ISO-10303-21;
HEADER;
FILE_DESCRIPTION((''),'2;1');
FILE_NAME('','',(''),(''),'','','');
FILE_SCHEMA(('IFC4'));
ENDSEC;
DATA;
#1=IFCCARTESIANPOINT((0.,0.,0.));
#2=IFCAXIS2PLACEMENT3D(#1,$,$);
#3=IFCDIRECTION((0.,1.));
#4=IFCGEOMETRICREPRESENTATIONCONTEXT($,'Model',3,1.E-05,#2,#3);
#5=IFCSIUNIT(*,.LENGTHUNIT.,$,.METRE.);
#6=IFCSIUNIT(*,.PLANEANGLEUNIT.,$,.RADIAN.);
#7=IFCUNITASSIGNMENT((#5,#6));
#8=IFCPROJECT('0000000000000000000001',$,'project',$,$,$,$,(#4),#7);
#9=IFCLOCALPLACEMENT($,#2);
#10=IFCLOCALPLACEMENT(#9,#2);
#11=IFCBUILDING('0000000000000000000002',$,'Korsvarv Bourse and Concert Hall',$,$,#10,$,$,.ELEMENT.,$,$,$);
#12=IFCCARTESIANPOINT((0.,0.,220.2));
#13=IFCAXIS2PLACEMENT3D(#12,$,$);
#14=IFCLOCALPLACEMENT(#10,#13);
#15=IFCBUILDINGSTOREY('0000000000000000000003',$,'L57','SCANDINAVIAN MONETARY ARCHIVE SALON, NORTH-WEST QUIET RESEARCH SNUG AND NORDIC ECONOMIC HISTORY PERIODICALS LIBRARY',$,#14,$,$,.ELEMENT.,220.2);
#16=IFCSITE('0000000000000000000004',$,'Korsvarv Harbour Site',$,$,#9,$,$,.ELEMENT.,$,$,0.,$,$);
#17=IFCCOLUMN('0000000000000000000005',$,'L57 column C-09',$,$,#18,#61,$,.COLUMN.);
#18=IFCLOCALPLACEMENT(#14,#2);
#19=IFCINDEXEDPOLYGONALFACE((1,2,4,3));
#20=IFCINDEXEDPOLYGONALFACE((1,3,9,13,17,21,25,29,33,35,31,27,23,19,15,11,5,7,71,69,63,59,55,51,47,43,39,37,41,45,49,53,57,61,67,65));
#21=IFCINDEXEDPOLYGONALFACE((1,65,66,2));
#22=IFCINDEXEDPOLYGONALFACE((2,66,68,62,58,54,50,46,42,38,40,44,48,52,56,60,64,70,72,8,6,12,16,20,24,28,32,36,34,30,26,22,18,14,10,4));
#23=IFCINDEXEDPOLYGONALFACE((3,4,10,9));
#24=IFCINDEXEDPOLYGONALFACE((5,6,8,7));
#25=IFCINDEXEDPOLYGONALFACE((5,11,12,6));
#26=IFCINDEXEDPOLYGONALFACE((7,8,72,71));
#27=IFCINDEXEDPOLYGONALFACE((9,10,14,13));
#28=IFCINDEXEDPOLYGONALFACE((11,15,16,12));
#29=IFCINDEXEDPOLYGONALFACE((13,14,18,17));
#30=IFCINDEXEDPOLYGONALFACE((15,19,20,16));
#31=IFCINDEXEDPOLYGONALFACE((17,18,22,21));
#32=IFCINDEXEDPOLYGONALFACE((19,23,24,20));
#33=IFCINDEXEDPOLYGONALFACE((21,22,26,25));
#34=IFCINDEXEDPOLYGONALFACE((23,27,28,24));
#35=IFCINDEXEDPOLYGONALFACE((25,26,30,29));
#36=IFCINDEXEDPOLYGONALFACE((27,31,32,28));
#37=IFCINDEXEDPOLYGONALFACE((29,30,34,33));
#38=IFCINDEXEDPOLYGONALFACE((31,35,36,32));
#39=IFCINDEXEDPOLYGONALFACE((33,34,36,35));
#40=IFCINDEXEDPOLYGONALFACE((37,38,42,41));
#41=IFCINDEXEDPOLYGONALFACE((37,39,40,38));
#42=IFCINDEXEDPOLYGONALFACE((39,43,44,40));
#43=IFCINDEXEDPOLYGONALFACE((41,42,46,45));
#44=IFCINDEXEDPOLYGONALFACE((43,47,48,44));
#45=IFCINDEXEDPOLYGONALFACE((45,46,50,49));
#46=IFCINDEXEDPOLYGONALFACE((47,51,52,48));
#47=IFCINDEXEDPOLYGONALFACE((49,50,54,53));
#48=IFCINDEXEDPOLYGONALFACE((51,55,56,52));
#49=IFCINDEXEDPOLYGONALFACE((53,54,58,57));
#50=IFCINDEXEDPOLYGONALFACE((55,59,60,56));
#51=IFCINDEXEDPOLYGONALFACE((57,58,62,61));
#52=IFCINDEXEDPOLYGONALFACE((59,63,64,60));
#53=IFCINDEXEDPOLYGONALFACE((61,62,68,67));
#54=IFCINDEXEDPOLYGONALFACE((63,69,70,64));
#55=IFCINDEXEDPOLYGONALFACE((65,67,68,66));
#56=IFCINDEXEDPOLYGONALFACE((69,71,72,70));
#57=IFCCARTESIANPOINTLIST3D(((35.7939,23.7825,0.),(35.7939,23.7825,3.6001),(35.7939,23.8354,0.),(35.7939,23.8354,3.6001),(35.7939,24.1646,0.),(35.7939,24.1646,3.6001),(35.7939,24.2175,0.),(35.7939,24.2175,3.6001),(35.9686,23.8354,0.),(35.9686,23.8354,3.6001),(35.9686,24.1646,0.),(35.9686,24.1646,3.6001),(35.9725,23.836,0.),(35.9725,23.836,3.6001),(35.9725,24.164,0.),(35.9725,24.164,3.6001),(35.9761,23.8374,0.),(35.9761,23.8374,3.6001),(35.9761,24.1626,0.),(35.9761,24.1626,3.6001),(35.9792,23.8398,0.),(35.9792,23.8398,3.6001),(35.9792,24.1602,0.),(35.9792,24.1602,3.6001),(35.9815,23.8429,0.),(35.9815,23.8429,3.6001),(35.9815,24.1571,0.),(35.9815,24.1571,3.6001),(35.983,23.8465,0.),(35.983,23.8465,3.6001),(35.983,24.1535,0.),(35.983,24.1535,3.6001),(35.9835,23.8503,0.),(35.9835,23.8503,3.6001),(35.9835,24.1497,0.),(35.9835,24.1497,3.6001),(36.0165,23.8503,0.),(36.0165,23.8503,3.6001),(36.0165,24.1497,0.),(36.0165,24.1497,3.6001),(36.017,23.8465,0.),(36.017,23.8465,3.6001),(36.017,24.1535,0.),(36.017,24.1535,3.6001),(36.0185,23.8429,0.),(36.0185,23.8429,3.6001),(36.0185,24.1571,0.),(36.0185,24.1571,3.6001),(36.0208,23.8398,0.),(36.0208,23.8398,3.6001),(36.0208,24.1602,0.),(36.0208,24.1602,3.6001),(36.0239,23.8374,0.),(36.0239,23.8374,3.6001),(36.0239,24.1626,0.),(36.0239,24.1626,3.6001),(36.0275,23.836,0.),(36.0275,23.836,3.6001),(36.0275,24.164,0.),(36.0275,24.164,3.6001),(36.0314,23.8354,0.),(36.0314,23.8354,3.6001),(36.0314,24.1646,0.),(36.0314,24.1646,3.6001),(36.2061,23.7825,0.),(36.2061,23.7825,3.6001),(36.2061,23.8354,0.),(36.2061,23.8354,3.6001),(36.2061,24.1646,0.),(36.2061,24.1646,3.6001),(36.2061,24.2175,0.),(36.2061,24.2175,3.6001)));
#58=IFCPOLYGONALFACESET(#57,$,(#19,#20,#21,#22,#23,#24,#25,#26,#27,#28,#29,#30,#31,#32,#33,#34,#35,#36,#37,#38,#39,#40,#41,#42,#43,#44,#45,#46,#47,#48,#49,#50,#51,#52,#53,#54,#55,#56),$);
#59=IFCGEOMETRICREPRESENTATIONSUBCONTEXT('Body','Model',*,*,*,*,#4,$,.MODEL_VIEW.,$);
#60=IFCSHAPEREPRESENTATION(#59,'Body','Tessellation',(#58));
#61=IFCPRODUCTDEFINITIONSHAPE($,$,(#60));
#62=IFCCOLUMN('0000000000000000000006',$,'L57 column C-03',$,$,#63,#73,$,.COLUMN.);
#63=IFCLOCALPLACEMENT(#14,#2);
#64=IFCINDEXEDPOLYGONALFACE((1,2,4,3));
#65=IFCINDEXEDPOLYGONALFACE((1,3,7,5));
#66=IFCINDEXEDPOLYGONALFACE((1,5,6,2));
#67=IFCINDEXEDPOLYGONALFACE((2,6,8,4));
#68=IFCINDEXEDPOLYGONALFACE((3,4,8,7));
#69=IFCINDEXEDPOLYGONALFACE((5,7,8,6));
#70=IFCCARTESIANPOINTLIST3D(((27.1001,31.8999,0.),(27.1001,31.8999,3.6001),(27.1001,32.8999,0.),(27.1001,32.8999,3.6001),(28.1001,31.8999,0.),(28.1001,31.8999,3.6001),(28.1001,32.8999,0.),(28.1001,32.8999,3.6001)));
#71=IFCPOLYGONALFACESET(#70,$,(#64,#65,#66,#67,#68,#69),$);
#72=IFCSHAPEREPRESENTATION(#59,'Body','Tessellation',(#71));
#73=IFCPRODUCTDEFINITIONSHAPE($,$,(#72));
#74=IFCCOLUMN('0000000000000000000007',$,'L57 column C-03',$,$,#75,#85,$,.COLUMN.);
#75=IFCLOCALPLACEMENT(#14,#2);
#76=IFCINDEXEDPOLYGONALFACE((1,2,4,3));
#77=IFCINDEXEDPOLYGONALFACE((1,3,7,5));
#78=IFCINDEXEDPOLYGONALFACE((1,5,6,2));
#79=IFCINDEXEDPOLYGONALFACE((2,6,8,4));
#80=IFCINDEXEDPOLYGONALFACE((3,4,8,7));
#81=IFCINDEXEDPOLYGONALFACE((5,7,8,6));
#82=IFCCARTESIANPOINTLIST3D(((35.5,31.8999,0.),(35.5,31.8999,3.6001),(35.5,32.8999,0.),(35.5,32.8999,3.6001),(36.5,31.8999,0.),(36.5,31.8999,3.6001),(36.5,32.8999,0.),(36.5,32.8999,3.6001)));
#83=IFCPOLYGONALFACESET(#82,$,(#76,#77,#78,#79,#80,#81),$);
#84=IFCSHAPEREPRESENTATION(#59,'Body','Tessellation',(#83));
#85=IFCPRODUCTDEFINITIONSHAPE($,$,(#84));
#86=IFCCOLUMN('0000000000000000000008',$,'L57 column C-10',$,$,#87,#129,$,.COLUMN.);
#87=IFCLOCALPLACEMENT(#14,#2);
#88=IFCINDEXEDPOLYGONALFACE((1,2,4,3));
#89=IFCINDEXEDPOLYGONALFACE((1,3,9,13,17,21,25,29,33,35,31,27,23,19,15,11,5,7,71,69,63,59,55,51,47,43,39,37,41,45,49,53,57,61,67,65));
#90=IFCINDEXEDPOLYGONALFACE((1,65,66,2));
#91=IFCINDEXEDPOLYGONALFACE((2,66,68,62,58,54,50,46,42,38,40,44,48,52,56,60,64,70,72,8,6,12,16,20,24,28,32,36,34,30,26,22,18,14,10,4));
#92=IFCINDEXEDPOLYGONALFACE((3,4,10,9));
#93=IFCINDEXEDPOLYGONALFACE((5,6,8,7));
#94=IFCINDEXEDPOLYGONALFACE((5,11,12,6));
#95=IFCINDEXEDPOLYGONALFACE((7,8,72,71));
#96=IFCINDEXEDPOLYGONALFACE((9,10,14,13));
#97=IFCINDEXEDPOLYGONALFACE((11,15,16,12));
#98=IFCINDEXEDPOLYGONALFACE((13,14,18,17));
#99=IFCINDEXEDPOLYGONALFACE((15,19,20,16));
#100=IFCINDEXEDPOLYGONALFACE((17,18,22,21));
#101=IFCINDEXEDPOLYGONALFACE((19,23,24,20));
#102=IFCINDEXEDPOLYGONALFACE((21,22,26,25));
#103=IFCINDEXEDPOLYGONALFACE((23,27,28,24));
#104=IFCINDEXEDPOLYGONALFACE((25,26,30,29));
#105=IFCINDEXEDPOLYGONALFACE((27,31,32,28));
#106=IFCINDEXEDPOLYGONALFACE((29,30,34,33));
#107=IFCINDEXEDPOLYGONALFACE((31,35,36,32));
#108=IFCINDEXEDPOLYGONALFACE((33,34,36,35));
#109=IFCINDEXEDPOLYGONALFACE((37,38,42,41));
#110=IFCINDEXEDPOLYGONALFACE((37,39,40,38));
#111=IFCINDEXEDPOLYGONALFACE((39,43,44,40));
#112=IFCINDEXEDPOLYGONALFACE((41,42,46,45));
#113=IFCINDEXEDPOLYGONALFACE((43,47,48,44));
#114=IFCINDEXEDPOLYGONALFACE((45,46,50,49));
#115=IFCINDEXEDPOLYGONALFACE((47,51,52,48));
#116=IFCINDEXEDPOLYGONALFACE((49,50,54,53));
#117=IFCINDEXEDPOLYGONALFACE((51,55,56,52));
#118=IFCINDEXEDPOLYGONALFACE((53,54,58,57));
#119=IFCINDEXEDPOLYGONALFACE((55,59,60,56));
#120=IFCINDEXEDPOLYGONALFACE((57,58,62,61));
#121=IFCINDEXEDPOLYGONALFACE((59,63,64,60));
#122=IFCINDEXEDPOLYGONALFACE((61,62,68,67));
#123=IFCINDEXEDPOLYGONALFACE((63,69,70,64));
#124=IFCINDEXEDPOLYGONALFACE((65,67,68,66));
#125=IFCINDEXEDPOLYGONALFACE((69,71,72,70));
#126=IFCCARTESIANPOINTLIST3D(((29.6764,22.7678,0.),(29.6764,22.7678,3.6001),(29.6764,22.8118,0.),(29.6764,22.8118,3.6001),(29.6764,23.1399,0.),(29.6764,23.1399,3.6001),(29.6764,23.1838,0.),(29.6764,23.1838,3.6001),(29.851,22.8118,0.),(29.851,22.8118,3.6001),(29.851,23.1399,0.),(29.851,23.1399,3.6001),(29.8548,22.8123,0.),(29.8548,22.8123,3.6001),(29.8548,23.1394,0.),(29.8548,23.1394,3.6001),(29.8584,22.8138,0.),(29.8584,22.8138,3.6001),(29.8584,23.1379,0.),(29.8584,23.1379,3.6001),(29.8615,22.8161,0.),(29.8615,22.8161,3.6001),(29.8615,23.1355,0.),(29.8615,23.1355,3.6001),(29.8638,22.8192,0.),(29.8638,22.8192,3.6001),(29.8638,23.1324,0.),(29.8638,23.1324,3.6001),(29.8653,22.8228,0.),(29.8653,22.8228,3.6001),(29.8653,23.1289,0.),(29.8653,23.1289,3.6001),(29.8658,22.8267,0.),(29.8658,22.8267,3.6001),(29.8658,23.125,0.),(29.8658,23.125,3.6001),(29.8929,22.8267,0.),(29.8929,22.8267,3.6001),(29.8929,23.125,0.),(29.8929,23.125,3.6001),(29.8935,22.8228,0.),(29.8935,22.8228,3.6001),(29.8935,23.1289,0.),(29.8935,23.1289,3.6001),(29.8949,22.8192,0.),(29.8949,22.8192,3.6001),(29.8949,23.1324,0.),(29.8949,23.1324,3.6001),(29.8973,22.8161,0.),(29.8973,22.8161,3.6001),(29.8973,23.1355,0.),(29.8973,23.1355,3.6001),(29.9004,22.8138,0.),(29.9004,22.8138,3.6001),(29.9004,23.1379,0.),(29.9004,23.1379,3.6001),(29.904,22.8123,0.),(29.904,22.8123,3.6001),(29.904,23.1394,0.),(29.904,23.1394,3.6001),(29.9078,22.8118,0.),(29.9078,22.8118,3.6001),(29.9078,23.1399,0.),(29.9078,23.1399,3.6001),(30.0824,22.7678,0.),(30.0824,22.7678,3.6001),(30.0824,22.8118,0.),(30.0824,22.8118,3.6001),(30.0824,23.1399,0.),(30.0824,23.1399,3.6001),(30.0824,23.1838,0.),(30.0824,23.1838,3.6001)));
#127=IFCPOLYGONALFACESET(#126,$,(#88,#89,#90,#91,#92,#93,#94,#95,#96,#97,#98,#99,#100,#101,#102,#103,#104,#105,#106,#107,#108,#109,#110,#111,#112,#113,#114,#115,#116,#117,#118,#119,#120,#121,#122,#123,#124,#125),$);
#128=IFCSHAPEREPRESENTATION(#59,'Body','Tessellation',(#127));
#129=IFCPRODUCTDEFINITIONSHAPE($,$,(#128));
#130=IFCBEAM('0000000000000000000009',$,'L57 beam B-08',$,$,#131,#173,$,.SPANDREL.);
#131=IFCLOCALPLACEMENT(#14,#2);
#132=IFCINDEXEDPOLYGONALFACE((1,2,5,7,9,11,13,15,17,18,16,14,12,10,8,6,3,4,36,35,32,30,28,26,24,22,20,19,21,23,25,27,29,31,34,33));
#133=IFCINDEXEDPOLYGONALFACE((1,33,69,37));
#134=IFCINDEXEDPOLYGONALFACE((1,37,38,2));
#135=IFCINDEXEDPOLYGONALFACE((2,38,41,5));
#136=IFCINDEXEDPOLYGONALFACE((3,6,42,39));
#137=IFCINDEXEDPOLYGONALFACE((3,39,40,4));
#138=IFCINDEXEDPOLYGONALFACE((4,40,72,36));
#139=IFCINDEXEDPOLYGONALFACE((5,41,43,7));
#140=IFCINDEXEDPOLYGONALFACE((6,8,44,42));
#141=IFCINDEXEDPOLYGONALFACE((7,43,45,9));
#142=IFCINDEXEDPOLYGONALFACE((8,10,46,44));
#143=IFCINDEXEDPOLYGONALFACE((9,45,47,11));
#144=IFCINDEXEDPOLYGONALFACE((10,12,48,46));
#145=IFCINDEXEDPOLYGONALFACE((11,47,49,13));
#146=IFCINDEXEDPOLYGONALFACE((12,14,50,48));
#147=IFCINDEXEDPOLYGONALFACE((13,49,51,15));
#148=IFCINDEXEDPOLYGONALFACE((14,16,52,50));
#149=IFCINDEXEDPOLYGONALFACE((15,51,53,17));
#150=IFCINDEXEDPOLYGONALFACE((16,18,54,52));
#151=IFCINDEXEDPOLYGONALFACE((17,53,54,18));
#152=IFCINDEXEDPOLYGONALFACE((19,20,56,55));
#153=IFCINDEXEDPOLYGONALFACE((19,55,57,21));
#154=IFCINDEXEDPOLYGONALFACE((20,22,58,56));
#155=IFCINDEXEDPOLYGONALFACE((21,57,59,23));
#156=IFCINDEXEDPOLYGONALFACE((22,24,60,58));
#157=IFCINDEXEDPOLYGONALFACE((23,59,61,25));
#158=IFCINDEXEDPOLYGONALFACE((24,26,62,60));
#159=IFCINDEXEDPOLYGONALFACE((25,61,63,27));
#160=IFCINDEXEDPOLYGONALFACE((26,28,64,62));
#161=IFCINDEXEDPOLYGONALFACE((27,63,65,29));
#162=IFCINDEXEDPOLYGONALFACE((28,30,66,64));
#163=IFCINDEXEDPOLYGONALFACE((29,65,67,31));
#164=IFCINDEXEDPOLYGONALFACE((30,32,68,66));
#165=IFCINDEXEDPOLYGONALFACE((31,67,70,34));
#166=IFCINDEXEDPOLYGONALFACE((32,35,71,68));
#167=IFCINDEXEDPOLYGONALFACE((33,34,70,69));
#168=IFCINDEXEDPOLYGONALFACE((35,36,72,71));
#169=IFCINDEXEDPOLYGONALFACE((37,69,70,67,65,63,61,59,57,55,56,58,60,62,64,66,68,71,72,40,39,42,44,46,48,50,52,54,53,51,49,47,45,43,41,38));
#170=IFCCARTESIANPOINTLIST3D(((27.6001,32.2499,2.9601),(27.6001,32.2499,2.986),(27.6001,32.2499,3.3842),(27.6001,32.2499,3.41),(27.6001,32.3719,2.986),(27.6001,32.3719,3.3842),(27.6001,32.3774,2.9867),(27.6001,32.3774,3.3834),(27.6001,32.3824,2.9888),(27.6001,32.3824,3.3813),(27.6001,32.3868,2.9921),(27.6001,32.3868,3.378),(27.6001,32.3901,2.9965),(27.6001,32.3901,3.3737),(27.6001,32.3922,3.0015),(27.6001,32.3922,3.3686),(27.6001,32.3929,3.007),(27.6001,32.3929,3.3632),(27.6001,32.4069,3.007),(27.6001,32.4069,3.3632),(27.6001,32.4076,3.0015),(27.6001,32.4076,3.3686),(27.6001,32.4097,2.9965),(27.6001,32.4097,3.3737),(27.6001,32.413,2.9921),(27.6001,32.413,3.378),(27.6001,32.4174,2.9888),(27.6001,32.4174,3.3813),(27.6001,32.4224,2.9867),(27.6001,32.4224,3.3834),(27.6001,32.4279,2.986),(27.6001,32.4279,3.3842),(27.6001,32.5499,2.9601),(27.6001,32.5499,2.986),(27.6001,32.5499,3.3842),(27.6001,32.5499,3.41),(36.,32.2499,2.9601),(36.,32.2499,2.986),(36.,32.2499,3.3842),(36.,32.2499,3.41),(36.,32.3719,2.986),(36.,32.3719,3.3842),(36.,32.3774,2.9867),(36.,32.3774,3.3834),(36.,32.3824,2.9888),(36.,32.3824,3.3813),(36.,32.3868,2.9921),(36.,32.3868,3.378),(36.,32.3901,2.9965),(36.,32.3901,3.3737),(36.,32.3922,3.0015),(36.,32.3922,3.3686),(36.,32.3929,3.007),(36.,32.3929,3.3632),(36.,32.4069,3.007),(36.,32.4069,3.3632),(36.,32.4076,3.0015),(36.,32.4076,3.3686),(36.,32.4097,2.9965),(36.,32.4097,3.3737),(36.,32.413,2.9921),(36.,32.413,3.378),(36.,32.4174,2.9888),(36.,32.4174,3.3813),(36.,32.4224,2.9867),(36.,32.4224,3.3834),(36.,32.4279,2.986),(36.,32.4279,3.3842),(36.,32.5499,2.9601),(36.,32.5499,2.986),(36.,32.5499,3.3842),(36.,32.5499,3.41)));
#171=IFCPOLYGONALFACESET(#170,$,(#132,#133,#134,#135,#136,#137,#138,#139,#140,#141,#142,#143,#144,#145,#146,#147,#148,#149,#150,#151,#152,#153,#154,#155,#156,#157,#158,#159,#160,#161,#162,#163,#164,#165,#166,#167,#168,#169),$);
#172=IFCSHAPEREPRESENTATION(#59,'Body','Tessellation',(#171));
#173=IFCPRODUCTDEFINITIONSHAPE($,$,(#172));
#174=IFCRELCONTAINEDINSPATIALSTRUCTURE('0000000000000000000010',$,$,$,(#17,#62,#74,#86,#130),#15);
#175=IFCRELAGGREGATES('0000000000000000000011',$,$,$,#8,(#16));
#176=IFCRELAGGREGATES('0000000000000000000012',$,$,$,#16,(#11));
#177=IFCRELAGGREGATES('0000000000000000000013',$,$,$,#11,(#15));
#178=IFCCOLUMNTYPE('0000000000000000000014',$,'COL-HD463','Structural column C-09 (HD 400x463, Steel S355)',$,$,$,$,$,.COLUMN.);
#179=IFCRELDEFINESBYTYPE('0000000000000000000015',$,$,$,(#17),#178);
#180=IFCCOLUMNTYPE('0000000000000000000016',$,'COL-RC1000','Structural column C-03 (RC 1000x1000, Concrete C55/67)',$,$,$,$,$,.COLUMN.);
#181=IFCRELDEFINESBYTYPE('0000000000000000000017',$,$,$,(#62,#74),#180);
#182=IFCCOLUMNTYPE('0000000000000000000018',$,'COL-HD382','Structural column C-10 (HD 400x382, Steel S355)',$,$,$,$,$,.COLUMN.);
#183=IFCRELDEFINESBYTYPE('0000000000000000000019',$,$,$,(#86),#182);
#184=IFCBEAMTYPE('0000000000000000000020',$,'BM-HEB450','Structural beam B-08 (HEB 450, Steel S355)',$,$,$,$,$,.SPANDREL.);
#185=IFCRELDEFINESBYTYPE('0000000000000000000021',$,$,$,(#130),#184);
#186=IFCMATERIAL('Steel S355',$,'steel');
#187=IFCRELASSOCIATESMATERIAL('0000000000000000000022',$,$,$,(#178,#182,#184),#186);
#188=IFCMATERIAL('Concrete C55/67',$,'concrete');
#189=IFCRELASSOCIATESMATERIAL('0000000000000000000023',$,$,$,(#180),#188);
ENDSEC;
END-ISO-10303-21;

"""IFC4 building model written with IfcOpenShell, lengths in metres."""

from ifc_helpers import new_model, si_unit, direction, frame, origin, origin_2d, place, context, subcontext, project, spatial, rectangle, i_section, extrude, source, transform, mapped, material, material_profile, profile_set, type_object, element, save


model = new_model("IFC4")

# Units and contexts
model_context = context("Model", 3, precision=1e-05, world=origin(), true_north=direction((0.0, 1.0)))
body_context = subcontext(model_context, "Body", "Model", "MODEL_VIEW")
ifc_project = project(units=[si_unit("LENGTHUNIT", "METRE"), si_unit("PLANEANGLEUNIT", "RADIAN")], contexts=[model_context])

# Site, building, storey
site_placement = place(None, origin())
site = spatial("IfcSite", under=ifc_project, at=site_placement, Name="Korsvarv Harbour Site", CompositionType="ELEMENT", RefElevation=0.0)
building_placement = place(site_placement, origin())
building = spatial("IfcBuilding", under=site, at=building_placement, Name="Korsvarv Bourse and Concert Hall", CompositionType="ELEMENT")
storey_placement = place(building_placement, frame((0.0, 0.0, 220.2)))
storey = spatial("IfcBuildingStorey", under=building, at=storey_placement, Name="L57", Description="SCANDINAVIAN MONETARY ARCHIVE SALON, NORTH-WEST QUIET RESEARCH SNUG AND NORDIC ECONOMIC HISTORY PERIODICALS LIBRARY", CompositionType="ELEMENT", Elevation=220.2)

# Columns
ifc_material_1 = material(Name="Steel S355", Category="steel")
ifc_material_profile_1 = material_profile(ifc_material_1, i_section(OverallWidth=0.4121, OverallDepth=0.4351, WebThickness=0.033, FlangeThickness=0.053, FilletRadius=0.0149, at=origin_2d()), Name="HD 400x463")
ifc_profile_set_1 = profile_set([ifc_material_profile_1], Name="Steel S355")
column_type_1 = type_object("IfcColumnType", Name="COL-HD463", Description="Structural column C-09 (HD 400x463, Steel S355)", PredefinedType="COLUMN", material=ifc_profile_set_1)
shared_shape_1 = source(origin(), body_context, "Body", "SweptSolid", [
    extrude(i_section(OverallWidth=0.4121, OverallDepth=0.4351, WebThickness=0.033, FlangeThickness=0.053, FilletRadius=0.0149, at=origin_2d()), origin(), (0.0, 0.0, 1.0), 3.6001),
])
column_1_placement = place(storey_placement, frame((36.0, 24.0, 0.0), z_axis=(0.0, 0.0, 1.0), x_axis=(1.0, 0.0, 0.0)))
element("IfcColumn", 1, at=column_1_placement, inside=storey, type_object=column_type_1, Name="L57 column C-09", PredefinedType="COLUMN", context=body_context, shape_type="MappedRepresentation", body=[
    mapped(shared_shape_1, transform((0.0, 0.0, 0.0), scale=1.0)),
])
ifc_material_2 = material(Name="Concrete C55/67", Category="concrete")
ifc_material_profile_2 = material_profile(ifc_material_2, rectangle(XDim=1.0, YDim=1.0, at=origin_2d()), Name="RC 1000x1000")
ifc_profile_set_2 = profile_set([ifc_material_profile_2], Name="Concrete C55/67")
column_type_2 = type_object("IfcColumnType", Name="COL-RC1000", Description="Structural column C-03 (RC 1000x1000, Concrete C55/67)", PredefinedType="COLUMN", material=ifc_profile_set_2)
shared_shape_2 = source(origin(), body_context, "Body", "SweptSolid", [
    extrude(rectangle(XDim=1.0, YDim=1.0, at=origin_2d()), origin(), (0.0, 0.0, 1.0), 3.6001),
])
for number, where, z_axis, x_axis, name in (
    (2, (27.6001, 32.3999, 0.0), (0.0, 0.0, 1.0), (1.0, 0.0, 0.0), "L57 column C-03"),
    (3, (36.0, 32.3999, 0.0), (0.0, 0.0, 1.0), (1.0, 0.0, 0.0), "L57 column C-03"),
):
    element("IfcColumn", number, at=place(storey_placement, frame(where, z_axis=z_axis, x_axis=x_axis)), inside=storey, type_object=column_type_2, Name=name, PredefinedType="COLUMN", context=body_context, shape_type="MappedRepresentation", body=[
        mapped(shared_shape_2, transform((0.0, 0.0, 0.0), scale=1.0)),
    ])
ifc_material_profile_3 = material_profile(ifc_material_1, i_section(OverallWidth=0.406, OverallDepth=0.416, WebThickness=0.0271, FlangeThickness=0.0439, FilletRadius=0.0149, at=origin_2d()), Name="HD 400x382")
ifc_profile_set_3 = profile_set([ifc_material_profile_3], Name="Steel S355")
column_type_3 = type_object("IfcColumnType", Name="COL-HD382", Description="Structural column C-10 (HD 400x382, Steel S355)", PredefinedType="COLUMN", material=ifc_profile_set_3)
shared_shape_3 = source(origin(), body_context, "Body", "SweptSolid", [
    extrude(i_section(OverallWidth=0.406, OverallDepth=0.416, WebThickness=0.0271, FlangeThickness=0.0439, FilletRadius=0.0149, at=origin_2d()), origin(), (0.0, 0.0, 1.0), 3.6001),
])
column_2_placement = place(storey_placement, frame((29.8794, 22.9758, 0.0), z_axis=(0.0, 0.0, 1.0), x_axis=(1.0, 0.0, 0.0)))
element("IfcColumn", 4, at=column_2_placement, inside=storey, type_object=column_type_3, Name="L57 column C-10", PredefinedType="COLUMN", context=body_context, shape_type="MappedRepresentation", body=[
    mapped(shared_shape_3, transform((0.0, 0.0, 0.0), scale=1.0)),
])

# Beam
ifc_material_profile_4 = material_profile(ifc_material_1, i_section(OverallWidth=0.3, OverallDepth=0.45, WebThickness=0.0139, FlangeThickness=0.0259, FilletRadius=0.021, at=origin_2d()), Name="HEB 450")
ifc_profile_set_4 = profile_set([ifc_material_profile_4], Name="Steel S355")
beam_type_1 = type_object("IfcBeamType", Name="BM-HEB450", Description="Structural beam B-08 (HEB 450, Steel S355)", PredefinedType="SPANDREL", material=ifc_profile_set_4)
shared_shape_4 = source(origin(), body_context, "Body", "SweptSolid", [
    extrude(i_section(OverallWidth=0.3, OverallDepth=0.45, WebThickness=0.0139, FlangeThickness=0.0259, FilletRadius=0.021, at=origin_2d()), origin(), (0.0, 0.0, 1.0), 8.3999),
])
for number, where, z_axis, x_axis, name in (
    (5, (27.6001, 32.3999, 3.1851), (1.0, 0.0, 0.0), (0.0, 1.0, 0.0), "L57 beam B-08"),
):
    element("IfcBeam", number, at=place(storey_placement, frame(where, z_axis=z_axis, x_axis=x_axis)), inside=storey, type_object=beam_type_1, Name=name, PredefinedType="SPANDREL", context=body_context, shape_type="MappedRepresentation", body=[
        mapped(shared_shape_4, transform((0.0, 0.0, 0.0), scale=1.0)),
    ])

save(model, "model.ifc")
